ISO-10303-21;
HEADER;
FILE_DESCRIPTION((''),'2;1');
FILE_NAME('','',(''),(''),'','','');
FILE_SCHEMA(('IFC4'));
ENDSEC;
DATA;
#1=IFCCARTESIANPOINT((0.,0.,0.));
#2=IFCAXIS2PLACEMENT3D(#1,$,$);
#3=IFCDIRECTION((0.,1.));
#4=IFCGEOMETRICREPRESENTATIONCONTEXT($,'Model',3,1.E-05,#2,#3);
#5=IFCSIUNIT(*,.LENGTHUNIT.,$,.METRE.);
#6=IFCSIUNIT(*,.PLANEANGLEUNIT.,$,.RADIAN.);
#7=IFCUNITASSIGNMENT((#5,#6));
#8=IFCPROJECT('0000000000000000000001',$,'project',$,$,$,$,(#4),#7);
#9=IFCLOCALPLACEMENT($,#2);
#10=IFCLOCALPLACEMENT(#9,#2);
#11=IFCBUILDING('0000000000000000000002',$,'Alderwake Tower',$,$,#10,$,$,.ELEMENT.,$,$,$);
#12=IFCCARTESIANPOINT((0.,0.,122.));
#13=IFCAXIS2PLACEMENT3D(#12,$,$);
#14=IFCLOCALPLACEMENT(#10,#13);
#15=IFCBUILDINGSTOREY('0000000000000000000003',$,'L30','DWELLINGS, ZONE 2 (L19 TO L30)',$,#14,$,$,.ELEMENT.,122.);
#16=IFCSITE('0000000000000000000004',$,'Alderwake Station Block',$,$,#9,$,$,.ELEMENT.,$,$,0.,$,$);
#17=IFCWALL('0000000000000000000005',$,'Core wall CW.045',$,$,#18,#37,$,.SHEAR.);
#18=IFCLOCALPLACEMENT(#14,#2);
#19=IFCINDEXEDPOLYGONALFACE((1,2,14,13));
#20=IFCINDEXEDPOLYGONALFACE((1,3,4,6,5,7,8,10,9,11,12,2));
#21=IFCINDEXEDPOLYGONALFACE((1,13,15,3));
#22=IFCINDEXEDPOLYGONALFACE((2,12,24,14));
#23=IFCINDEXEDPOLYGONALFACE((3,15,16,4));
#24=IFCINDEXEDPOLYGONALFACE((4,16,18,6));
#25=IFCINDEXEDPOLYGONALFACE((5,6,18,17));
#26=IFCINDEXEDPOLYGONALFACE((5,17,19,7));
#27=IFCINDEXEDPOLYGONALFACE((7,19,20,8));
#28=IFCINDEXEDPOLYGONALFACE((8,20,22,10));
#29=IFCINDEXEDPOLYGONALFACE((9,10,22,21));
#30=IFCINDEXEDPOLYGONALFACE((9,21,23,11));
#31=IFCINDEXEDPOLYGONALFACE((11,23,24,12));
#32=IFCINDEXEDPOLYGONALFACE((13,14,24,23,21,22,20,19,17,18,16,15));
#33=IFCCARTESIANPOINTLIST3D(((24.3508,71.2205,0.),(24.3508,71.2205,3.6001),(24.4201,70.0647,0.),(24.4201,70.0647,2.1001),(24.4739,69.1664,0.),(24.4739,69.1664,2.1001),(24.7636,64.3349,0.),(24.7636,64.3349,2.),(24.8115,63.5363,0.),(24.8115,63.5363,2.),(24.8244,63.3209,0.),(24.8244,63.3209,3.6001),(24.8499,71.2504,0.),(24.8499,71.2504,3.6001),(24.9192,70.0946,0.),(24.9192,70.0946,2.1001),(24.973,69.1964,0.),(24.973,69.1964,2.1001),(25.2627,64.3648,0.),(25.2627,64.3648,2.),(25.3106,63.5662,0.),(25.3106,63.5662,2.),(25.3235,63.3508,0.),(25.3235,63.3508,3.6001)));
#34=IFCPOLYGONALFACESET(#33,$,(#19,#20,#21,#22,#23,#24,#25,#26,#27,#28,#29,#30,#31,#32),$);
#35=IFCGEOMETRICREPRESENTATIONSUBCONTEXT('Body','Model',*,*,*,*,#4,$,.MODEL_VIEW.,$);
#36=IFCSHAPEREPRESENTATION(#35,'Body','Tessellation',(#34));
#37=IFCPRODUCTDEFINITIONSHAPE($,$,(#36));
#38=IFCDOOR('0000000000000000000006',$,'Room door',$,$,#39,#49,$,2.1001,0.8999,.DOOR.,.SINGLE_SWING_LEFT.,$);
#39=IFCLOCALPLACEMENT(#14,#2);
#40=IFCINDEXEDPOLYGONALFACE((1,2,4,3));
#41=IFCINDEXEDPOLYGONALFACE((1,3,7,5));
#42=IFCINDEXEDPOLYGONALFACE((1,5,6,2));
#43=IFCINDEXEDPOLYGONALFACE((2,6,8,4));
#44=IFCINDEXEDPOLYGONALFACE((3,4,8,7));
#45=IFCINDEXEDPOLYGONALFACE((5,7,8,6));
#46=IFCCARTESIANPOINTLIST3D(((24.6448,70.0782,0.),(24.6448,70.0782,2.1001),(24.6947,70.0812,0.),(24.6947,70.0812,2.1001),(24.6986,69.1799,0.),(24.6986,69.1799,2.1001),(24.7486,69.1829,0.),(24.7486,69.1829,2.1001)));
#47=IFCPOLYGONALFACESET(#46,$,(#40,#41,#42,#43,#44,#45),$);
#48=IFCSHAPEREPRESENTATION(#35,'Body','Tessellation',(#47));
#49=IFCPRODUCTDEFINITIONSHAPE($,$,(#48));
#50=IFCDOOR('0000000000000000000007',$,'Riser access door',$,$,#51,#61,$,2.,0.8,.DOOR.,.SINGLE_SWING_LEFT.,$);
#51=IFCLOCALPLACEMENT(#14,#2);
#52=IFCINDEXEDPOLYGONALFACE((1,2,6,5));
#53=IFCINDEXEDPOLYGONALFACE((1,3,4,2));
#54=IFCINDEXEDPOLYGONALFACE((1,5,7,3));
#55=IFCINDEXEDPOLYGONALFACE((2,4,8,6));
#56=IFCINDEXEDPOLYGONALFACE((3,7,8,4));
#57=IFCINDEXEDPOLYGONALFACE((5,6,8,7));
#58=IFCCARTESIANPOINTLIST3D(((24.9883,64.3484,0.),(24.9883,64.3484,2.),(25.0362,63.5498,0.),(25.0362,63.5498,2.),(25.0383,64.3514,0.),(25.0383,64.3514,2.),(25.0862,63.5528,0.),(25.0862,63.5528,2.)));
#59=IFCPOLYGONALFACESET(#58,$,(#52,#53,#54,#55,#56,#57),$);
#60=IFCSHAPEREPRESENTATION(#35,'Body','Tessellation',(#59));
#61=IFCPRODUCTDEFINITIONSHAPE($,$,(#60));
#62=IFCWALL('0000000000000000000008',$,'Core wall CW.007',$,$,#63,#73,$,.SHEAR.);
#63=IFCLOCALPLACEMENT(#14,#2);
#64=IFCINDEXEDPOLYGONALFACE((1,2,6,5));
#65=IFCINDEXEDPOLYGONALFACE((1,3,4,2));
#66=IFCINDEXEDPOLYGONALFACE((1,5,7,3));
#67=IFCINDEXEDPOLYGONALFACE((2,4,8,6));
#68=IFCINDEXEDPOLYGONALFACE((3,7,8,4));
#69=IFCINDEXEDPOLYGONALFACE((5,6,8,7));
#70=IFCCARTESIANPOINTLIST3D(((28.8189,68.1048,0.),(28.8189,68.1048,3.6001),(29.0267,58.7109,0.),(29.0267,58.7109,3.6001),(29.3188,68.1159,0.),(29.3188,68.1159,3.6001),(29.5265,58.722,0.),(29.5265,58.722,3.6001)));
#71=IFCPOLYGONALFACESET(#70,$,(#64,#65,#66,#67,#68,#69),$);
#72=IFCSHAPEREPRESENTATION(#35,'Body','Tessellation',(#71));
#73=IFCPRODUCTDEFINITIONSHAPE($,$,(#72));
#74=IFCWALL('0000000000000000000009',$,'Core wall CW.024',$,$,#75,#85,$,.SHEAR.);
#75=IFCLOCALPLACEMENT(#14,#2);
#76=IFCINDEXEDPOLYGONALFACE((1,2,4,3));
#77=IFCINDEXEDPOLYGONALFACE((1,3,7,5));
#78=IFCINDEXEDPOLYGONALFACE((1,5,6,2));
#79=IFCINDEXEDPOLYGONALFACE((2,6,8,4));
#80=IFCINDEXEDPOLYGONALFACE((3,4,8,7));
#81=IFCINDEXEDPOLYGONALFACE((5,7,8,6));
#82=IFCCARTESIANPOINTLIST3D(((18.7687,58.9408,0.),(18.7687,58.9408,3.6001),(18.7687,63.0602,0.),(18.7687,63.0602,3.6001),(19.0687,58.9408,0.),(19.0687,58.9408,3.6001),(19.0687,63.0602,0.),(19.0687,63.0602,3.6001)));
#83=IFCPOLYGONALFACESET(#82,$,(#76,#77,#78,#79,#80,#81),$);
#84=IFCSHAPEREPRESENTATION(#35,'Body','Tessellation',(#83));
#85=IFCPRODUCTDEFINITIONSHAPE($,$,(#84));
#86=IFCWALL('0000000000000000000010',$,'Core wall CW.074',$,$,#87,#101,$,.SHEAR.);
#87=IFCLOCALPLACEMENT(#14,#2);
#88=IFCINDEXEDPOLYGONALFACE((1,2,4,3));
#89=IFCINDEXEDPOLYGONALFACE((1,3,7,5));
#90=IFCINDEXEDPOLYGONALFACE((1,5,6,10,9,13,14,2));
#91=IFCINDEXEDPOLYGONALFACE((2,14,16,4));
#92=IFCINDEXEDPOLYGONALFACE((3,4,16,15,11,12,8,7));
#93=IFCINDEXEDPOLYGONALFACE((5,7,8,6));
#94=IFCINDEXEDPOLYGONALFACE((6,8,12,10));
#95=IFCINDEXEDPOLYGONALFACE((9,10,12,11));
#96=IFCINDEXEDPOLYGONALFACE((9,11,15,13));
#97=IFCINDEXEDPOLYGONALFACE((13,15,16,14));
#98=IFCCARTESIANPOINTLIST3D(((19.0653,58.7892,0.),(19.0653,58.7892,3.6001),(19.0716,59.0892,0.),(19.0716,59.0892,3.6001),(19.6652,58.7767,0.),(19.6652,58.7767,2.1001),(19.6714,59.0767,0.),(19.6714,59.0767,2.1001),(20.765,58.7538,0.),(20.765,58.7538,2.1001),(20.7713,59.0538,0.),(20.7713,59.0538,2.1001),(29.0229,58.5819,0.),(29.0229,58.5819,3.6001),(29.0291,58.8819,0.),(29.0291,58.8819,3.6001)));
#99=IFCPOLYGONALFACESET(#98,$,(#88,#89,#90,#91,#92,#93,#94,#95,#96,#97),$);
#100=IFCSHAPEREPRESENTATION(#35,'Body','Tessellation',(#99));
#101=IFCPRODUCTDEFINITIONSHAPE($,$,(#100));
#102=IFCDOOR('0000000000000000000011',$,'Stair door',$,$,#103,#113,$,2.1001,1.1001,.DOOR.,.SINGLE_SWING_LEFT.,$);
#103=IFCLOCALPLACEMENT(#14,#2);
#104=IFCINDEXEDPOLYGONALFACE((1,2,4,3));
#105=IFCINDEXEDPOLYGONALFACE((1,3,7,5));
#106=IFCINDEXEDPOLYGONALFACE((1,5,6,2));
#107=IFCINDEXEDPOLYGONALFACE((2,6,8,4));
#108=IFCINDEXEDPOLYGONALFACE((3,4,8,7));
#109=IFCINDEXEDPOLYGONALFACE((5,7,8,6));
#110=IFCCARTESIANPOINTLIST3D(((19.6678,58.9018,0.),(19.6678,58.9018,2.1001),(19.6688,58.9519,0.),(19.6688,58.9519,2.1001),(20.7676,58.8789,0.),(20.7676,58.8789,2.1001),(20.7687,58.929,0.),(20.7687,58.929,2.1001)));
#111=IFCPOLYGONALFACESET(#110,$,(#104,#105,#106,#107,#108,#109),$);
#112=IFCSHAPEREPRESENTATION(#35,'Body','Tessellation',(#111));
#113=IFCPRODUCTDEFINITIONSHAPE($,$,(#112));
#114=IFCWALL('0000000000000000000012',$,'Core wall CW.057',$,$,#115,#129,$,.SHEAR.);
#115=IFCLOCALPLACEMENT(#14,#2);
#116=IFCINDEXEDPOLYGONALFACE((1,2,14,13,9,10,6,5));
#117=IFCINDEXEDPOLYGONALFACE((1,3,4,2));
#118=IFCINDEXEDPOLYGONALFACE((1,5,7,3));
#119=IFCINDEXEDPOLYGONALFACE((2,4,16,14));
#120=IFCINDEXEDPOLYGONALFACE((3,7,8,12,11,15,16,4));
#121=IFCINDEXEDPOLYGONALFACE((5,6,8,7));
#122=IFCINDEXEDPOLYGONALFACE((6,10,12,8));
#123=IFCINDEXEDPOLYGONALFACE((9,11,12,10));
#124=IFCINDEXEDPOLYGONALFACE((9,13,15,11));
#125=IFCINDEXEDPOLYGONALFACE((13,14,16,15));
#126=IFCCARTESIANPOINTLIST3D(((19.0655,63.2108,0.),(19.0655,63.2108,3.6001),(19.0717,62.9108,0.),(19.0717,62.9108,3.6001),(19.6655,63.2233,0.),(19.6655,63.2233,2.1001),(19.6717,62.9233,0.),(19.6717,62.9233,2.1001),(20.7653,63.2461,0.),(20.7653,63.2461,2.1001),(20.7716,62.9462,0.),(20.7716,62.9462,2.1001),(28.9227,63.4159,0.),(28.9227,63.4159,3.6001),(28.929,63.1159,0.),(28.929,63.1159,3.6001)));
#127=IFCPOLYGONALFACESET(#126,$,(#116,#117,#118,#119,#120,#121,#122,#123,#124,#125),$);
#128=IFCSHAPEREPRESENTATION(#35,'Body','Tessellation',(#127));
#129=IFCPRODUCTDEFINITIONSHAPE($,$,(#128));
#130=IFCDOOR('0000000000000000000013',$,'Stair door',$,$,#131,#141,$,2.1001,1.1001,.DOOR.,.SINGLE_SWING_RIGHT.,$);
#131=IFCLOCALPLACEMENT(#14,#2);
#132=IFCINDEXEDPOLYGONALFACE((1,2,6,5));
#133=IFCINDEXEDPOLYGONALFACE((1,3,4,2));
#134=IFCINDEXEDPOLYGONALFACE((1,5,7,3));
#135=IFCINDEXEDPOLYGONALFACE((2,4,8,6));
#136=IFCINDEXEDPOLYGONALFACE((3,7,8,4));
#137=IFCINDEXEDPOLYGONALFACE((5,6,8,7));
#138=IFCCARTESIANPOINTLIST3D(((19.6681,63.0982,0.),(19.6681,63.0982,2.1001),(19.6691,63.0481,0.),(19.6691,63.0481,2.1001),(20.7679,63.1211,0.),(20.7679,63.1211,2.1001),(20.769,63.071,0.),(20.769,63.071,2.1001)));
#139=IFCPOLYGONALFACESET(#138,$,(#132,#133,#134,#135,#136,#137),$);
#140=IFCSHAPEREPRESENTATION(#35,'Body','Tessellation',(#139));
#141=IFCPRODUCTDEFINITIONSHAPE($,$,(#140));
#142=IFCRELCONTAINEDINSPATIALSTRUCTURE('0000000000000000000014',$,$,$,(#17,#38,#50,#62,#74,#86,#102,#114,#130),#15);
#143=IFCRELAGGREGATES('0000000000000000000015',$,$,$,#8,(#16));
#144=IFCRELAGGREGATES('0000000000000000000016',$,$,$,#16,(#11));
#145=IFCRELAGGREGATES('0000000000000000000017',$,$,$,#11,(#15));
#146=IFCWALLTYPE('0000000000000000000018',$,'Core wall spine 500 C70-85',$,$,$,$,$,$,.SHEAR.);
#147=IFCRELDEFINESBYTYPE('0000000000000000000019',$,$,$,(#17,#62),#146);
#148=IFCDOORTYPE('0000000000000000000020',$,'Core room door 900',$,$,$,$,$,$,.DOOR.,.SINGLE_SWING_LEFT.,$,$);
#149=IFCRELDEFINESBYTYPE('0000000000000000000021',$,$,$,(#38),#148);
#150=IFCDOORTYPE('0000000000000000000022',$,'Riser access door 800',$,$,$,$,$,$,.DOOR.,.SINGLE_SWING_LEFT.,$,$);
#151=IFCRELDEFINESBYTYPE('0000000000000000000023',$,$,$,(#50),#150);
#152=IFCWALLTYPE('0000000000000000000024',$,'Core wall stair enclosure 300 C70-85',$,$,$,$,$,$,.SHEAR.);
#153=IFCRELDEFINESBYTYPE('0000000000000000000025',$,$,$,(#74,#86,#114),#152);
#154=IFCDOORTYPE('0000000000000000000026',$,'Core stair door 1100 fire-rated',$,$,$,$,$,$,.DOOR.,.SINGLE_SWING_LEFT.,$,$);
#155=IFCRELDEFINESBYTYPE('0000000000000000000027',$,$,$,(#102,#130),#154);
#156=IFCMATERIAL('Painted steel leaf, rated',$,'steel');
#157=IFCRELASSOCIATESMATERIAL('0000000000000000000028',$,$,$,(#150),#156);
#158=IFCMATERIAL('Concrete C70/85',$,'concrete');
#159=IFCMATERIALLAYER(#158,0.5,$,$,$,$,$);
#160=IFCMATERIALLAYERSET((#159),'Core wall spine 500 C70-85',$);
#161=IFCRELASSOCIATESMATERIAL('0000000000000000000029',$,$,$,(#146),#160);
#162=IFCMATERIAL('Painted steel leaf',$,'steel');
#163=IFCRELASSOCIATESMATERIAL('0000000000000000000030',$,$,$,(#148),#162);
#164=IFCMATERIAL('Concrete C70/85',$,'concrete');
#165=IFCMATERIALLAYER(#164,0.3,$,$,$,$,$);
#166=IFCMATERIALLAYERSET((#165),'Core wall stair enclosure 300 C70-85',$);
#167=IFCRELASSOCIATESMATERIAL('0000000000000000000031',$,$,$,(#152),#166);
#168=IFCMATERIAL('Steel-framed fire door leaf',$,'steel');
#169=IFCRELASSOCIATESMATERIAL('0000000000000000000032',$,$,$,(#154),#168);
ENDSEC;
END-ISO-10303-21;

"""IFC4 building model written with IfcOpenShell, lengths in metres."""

from ifc_helpers import new_model, si_unit, direction, frame, frame_2d, origin, place, context, subcontext, project, spatial, rectangle, extrude, material, layer, layer_set, type_object, element, fill, save


model = new_model("IFC4")

# Units and contexts
model_context = context("Model", 3, precision=1e-05, world=origin(), true_north=direction((0.0, 1.0)))
body_context = subcontext(model_context, "Body", "Model", "MODEL_VIEW")
ifc_project = project(units=[si_unit("LENGTHUNIT", "METRE"), si_unit("PLANEANGLEUNIT", "RADIAN")], contexts=[model_context])

# Site, building, storey
site_placement = place(None, origin())
site = spatial("IfcSite", under=ifc_project, at=site_placement, Name="Alderwake Station Block", CompositionType="ELEMENT", RefElevation=0.0)
building_placement = place(site_placement, origin())
building = spatial("IfcBuilding", under=site, at=building_placement, Name="Alderwake Tower", CompositionType="ELEMENT")
storey_placement = place(building_placement, frame((0.0, 0.0, 122.0)))
storey = spatial("IfcBuildingStorey", under=building, at=storey_placement, Name="L30", Description="DWELLINGS, ZONE 2 (L19 TO L30)", CompositionType="ELEMENT", Elevation=122.0)

# Shared definitions
ifc_material_1 = material(Name="Painted steel leaf, rated", Category="steel")
door_type_1 = type_object("IfcDoorType", Name="Riser access door 800", OperationType="SINGLE_SWING_LEFT", PredefinedType="DOOR", material=ifc_material_1)

# Shared definitions
ifc_material_2 = material(Name="Concrete C70/85", Category="concrete")
ifc_layer_1 = layer(ifc_material_2, 0.5)
ifc_layer_set_1 = layer_set([ifc_layer_1], Name="Core wall spine 500 C70-85")
wall_type_1 = type_object("IfcWallType", Name="Core wall spine 500 C70-85", PredefinedType="SHEAR", material=ifc_layer_set_1)

# Wall, openings, doors
wall_1_placement = place(storey_placement, frame((25.074, 63.3357, 0.0), z_axis=(0.0, 0.0, 1.0), x_axis=(-0.059849, 0.998207, 0.0)))
wall_1 = element("IfcWall", 1, at=wall_1_placement, inside=storey, type_object=wall_type_1, Name="Core wall CW.045", PredefinedType="SHEAR", context=body_context, shape_type="SweptSolid", body=[
    extrude(rectangle(XDim=7.9138, YDim=0.5, at=frame_2d((3.957, 0.0))), origin(), (0.0, 0.0, 1.0), 3.6001),
])
opening_1_placement = place(wall_1_placement, frame((0.2161, 0.0, 0.0)))
opening_1 = element("IfcOpeningElement", 2, at=opening_1_placement, cuts=wall_1, PredefinedType="OPENING", context=body_context, shape_type="SweptSolid", body=[
    extrude(rectangle(XDim=0.8, YDim=2.0, at=frame_2d((0.3999, 1.0))), frame((0.0, 0.26, 0.0), z_axis=(0.0, -1.0, 0.0), x_axis=(1.0, 0.0, 0.0)), (0.0, 0.0, 1.0), 0.52),
])
opening_2_placement = place(wall_1_placement, frame((5.8562, 0.0, 0.0)))
opening_2 = element("IfcOpeningElement", 3, at=opening_2_placement, cuts=wall_1, PredefinedType="OPENING", context=body_context, shape_type="SweptSolid", body=[
    extrude(rectangle(XDim=0.8999, YDim=2.1001, at=frame_2d((0.45, 1.05))), frame((0.0, 0.26, 0.0), z_axis=(0.0, -1.0, 0.0), x_axis=(1.0, 0.0, 0.0)), (0.0, 0.0, 1.0), 0.52),
])
ifc_material_3 = material(Name="Painted steel leaf", Category="steel")
door_type_2 = type_object("IfcDoorType", Name="Core room door 900", OperationType="SINGLE_SWING_LEFT", PredefinedType="DOOR", material=ifc_material_3)
door_1_placement = place(opening_2_placement, origin())
door_1 = element("IfcDoor", 4, at=door_1_placement, inside=storey, type_object=door_type_2, Name="Room door", OperationType="SINGLE_SWING_LEFT", OverallHeight=2.1001, OverallWidth=0.8999, PredefinedType="DOOR", context=body_context, shape_type="SweptSolid", body=[
    extrude(rectangle(XDim=0.8999, YDim=2.1001, at=frame_2d((0.45, 1.05))), frame((0.0, 0.0249, 0.0), z_axis=(0.0, -1.0, 0.0), x_axis=(1.0, 0.0, 0.0)), (0.0, 0.0, 1.0), 0.05),
])
fill(opening_2, door_1)
door_2_placement = place(opening_1_placement, origin())
door_2 = element("IfcDoor", 5, at=door_2_placement, inside=storey, type_object=door_type_1, Name="Riser access door", OperationType="SINGLE_SWING_LEFT", OverallHeight=2.0, OverallWidth=0.8, PredefinedType="DOOR", context=body_context, shape_type="SweptSolid", body=[
    extrude(rectangle(XDim=0.8, YDim=2.0, at=frame_2d((0.3999, 1.0))), frame((0.0, 0.0249, 0.0), z_axis=(0.0, -1.0, 0.0), x_axis=(1.0, 0.0, 0.0)), (0.0, 0.0, 1.0), 0.05),
])
fill(opening_1, door_2)

# Walls
wall_2_placement = place(storey_placement, frame((29.2766, 58.7163, 0.0), z_axis=(0.0, 0.0, 1.0), x_axis=(-0.022111, 0.999756, 0.0)))
element("IfcWall", 6, at=wall_2_placement, inside=storey, type_object=wall_type_1, Name="Core wall CW.007", PredefinedType="SHEAR", context=body_context, shape_type="SweptSolid", body=[
    extrude(rectangle(XDim=9.3962, YDim=0.5, at=frame_2d((4.6982, 0.0))), origin(), (0.0, 0.0, 1.0), 3.6001),
])
ifc_material_4 = material(Name="Concrete C70/85", Category="concrete")
ifc_layer_2 = layer(ifc_material_4, 0.3)
ifc_layer_set_2 = layer_set([ifc_layer_2], Name="Core wall stair enclosure 300 C70-85")
wall_type_2 = type_object("IfcWallType", Name="Core wall stair enclosure 300 C70-85", PredefinedType="SHEAR", material=ifc_layer_set_2)
wall_3_placement = place(storey_placement, frame((18.9187, 58.9409, 0.0), z_axis=(0.0, 0.0, 1.0), x_axis=(0.0, 1.0, 0.0)))
element("IfcWall", 7, at=wall_3_placement, inside=storey, type_object=wall_type_2, Name="Core wall CW.024", PredefinedType="SHEAR", context=body_context, shape_type="SweptSolid", body=[
    extrude(rectangle(XDim=4.1194, YDim=0.3, at=frame_2d((2.0596, 0.0))), origin(), (0.0, 0.0, 1.0), 3.6001),
])

# Walls, openings, doors
wall_4_placement = place(storey_placement, frame((29.0261, 58.7319, 0.0), z_axis=(0.0, 0.0, 1.0), x_axis=(-0.999783, 0.020811, 0.0)))
wall_4 = element("IfcWall", 8, at=wall_4_placement, inside=storey, type_object=wall_type_2, Name="Core wall CW.074", PredefinedType="SHEAR", context=body_context, shape_type="SweptSolid", body=[
    extrude(rectangle(XDim=9.9597, YDim=0.3, at=frame_2d((4.98, 0.0))), origin(), (0.0, 0.0, 1.0), 3.6001),
])
opening_3_placement = place(wall_4_placement, frame((8.2598, 0.0, 0.0)))
opening_3 = element("IfcOpeningElement", 9, at=opening_3_placement, cuts=wall_4, PredefinedType="OPENING", context=body_context, shape_type="SweptSolid", body=[
    extrude(rectangle(XDim=1.1001, YDim=2.1001, at=frame_2d((0.55, 1.05))), frame((0.0, 0.1599, 0.0), z_axis=(0.0, -1.0, 0.0), x_axis=(1.0, 0.0, 0.0)), (0.0, 0.0, 1.0), 0.3201),
])
ifc_material_5 = material(Name="Steel-framed fire door leaf", Category="steel")
door_type_3 = type_object("IfcDoorType", Name="Core stair door 1100 fire-rated", OperationType="SINGLE_SWING_LEFT", PredefinedType="DOOR", material=ifc_material_5)
door_3_placement = place(opening_3_placement, origin())
door_3 = element("IfcDoor", 10, at=door_3_placement, inside=storey, type_object=door_type_3, Name="Stair door", OperationType="SINGLE_SWING_LEFT", OverallHeight=2.1001, OverallWidth=1.1001, PredefinedType="DOOR", context=body_context, shape_type="SweptSolid", body=[
    extrude(rectangle(XDim=1.1001, YDim=2.1001, at=frame_2d((0.55, 1.05))), frame((0.0, 0.0249, 0.0), z_axis=(0.0, -1.0, 0.0), x_axis=(1.0, 0.0, 0.0)), (0.0, 0.0, 1.0), 0.05),
])
fill(opening_3, door_3)
wall_5_placement = place(storey_placement, frame((19.0686, 63.0608, 0.0), z_axis=(0.0, 0.0, 1.0), x_axis=(0.999784, 0.0208, 0.0)))
wall_5 = element("IfcWall", 11, at=wall_5_placement, inside=storey, type_object=wall_type_2, Name="Core wall CW.057", PredefinedType="SHEAR", context=body_context, shape_type="SweptSolid", body=[
    extrude(rectangle(XDim=9.8594, YDim=0.3, at=frame_2d((4.9297, 0.0))), origin(), (0.0, 0.0, 1.0), 3.6001),
])
opening_4_placement = place(wall_5_placement, frame((0.6001, 0.0, 0.0)))
opening_4 = element("IfcOpeningElement", 12, at=opening_4_placement, cuts=wall_5, PredefinedType="OPENING", context=body_context, shape_type="SweptSolid", body=[
    extrude(rectangle(XDim=1.1001, YDim=2.1001, at=frame_2d((0.55, 1.05))), frame((0.0, 0.1599, 0.0), z_axis=(0.0, -1.0, 0.0), x_axis=(1.0, 0.0, 0.0)), (0.0, 0.0, 1.0), 0.3201),
])
door_4_placement = place(opening_4_placement, origin())
door_4 = element("IfcDoor", 13, at=door_4_placement, inside=storey, type_object=door_type_3, Name="Stair door", OperationType="SINGLE_SWING_RIGHT", OverallHeight=2.1001, OverallWidth=1.1001, PredefinedType="DOOR", context=body_context, shape_type="SweptSolid", body=[
    extrude(rectangle(XDim=1.1001, YDim=2.1001, at=frame_2d((0.55, 1.05))), frame((0.0, 0.0249, 0.0), z_axis=(0.0, -1.0, 0.0), x_axis=(1.0, 0.0, 0.0)), (0.0, 0.0, 1.0), 0.05),
])
fill(opening_4, door_4)

save(model, "model.ifc")
